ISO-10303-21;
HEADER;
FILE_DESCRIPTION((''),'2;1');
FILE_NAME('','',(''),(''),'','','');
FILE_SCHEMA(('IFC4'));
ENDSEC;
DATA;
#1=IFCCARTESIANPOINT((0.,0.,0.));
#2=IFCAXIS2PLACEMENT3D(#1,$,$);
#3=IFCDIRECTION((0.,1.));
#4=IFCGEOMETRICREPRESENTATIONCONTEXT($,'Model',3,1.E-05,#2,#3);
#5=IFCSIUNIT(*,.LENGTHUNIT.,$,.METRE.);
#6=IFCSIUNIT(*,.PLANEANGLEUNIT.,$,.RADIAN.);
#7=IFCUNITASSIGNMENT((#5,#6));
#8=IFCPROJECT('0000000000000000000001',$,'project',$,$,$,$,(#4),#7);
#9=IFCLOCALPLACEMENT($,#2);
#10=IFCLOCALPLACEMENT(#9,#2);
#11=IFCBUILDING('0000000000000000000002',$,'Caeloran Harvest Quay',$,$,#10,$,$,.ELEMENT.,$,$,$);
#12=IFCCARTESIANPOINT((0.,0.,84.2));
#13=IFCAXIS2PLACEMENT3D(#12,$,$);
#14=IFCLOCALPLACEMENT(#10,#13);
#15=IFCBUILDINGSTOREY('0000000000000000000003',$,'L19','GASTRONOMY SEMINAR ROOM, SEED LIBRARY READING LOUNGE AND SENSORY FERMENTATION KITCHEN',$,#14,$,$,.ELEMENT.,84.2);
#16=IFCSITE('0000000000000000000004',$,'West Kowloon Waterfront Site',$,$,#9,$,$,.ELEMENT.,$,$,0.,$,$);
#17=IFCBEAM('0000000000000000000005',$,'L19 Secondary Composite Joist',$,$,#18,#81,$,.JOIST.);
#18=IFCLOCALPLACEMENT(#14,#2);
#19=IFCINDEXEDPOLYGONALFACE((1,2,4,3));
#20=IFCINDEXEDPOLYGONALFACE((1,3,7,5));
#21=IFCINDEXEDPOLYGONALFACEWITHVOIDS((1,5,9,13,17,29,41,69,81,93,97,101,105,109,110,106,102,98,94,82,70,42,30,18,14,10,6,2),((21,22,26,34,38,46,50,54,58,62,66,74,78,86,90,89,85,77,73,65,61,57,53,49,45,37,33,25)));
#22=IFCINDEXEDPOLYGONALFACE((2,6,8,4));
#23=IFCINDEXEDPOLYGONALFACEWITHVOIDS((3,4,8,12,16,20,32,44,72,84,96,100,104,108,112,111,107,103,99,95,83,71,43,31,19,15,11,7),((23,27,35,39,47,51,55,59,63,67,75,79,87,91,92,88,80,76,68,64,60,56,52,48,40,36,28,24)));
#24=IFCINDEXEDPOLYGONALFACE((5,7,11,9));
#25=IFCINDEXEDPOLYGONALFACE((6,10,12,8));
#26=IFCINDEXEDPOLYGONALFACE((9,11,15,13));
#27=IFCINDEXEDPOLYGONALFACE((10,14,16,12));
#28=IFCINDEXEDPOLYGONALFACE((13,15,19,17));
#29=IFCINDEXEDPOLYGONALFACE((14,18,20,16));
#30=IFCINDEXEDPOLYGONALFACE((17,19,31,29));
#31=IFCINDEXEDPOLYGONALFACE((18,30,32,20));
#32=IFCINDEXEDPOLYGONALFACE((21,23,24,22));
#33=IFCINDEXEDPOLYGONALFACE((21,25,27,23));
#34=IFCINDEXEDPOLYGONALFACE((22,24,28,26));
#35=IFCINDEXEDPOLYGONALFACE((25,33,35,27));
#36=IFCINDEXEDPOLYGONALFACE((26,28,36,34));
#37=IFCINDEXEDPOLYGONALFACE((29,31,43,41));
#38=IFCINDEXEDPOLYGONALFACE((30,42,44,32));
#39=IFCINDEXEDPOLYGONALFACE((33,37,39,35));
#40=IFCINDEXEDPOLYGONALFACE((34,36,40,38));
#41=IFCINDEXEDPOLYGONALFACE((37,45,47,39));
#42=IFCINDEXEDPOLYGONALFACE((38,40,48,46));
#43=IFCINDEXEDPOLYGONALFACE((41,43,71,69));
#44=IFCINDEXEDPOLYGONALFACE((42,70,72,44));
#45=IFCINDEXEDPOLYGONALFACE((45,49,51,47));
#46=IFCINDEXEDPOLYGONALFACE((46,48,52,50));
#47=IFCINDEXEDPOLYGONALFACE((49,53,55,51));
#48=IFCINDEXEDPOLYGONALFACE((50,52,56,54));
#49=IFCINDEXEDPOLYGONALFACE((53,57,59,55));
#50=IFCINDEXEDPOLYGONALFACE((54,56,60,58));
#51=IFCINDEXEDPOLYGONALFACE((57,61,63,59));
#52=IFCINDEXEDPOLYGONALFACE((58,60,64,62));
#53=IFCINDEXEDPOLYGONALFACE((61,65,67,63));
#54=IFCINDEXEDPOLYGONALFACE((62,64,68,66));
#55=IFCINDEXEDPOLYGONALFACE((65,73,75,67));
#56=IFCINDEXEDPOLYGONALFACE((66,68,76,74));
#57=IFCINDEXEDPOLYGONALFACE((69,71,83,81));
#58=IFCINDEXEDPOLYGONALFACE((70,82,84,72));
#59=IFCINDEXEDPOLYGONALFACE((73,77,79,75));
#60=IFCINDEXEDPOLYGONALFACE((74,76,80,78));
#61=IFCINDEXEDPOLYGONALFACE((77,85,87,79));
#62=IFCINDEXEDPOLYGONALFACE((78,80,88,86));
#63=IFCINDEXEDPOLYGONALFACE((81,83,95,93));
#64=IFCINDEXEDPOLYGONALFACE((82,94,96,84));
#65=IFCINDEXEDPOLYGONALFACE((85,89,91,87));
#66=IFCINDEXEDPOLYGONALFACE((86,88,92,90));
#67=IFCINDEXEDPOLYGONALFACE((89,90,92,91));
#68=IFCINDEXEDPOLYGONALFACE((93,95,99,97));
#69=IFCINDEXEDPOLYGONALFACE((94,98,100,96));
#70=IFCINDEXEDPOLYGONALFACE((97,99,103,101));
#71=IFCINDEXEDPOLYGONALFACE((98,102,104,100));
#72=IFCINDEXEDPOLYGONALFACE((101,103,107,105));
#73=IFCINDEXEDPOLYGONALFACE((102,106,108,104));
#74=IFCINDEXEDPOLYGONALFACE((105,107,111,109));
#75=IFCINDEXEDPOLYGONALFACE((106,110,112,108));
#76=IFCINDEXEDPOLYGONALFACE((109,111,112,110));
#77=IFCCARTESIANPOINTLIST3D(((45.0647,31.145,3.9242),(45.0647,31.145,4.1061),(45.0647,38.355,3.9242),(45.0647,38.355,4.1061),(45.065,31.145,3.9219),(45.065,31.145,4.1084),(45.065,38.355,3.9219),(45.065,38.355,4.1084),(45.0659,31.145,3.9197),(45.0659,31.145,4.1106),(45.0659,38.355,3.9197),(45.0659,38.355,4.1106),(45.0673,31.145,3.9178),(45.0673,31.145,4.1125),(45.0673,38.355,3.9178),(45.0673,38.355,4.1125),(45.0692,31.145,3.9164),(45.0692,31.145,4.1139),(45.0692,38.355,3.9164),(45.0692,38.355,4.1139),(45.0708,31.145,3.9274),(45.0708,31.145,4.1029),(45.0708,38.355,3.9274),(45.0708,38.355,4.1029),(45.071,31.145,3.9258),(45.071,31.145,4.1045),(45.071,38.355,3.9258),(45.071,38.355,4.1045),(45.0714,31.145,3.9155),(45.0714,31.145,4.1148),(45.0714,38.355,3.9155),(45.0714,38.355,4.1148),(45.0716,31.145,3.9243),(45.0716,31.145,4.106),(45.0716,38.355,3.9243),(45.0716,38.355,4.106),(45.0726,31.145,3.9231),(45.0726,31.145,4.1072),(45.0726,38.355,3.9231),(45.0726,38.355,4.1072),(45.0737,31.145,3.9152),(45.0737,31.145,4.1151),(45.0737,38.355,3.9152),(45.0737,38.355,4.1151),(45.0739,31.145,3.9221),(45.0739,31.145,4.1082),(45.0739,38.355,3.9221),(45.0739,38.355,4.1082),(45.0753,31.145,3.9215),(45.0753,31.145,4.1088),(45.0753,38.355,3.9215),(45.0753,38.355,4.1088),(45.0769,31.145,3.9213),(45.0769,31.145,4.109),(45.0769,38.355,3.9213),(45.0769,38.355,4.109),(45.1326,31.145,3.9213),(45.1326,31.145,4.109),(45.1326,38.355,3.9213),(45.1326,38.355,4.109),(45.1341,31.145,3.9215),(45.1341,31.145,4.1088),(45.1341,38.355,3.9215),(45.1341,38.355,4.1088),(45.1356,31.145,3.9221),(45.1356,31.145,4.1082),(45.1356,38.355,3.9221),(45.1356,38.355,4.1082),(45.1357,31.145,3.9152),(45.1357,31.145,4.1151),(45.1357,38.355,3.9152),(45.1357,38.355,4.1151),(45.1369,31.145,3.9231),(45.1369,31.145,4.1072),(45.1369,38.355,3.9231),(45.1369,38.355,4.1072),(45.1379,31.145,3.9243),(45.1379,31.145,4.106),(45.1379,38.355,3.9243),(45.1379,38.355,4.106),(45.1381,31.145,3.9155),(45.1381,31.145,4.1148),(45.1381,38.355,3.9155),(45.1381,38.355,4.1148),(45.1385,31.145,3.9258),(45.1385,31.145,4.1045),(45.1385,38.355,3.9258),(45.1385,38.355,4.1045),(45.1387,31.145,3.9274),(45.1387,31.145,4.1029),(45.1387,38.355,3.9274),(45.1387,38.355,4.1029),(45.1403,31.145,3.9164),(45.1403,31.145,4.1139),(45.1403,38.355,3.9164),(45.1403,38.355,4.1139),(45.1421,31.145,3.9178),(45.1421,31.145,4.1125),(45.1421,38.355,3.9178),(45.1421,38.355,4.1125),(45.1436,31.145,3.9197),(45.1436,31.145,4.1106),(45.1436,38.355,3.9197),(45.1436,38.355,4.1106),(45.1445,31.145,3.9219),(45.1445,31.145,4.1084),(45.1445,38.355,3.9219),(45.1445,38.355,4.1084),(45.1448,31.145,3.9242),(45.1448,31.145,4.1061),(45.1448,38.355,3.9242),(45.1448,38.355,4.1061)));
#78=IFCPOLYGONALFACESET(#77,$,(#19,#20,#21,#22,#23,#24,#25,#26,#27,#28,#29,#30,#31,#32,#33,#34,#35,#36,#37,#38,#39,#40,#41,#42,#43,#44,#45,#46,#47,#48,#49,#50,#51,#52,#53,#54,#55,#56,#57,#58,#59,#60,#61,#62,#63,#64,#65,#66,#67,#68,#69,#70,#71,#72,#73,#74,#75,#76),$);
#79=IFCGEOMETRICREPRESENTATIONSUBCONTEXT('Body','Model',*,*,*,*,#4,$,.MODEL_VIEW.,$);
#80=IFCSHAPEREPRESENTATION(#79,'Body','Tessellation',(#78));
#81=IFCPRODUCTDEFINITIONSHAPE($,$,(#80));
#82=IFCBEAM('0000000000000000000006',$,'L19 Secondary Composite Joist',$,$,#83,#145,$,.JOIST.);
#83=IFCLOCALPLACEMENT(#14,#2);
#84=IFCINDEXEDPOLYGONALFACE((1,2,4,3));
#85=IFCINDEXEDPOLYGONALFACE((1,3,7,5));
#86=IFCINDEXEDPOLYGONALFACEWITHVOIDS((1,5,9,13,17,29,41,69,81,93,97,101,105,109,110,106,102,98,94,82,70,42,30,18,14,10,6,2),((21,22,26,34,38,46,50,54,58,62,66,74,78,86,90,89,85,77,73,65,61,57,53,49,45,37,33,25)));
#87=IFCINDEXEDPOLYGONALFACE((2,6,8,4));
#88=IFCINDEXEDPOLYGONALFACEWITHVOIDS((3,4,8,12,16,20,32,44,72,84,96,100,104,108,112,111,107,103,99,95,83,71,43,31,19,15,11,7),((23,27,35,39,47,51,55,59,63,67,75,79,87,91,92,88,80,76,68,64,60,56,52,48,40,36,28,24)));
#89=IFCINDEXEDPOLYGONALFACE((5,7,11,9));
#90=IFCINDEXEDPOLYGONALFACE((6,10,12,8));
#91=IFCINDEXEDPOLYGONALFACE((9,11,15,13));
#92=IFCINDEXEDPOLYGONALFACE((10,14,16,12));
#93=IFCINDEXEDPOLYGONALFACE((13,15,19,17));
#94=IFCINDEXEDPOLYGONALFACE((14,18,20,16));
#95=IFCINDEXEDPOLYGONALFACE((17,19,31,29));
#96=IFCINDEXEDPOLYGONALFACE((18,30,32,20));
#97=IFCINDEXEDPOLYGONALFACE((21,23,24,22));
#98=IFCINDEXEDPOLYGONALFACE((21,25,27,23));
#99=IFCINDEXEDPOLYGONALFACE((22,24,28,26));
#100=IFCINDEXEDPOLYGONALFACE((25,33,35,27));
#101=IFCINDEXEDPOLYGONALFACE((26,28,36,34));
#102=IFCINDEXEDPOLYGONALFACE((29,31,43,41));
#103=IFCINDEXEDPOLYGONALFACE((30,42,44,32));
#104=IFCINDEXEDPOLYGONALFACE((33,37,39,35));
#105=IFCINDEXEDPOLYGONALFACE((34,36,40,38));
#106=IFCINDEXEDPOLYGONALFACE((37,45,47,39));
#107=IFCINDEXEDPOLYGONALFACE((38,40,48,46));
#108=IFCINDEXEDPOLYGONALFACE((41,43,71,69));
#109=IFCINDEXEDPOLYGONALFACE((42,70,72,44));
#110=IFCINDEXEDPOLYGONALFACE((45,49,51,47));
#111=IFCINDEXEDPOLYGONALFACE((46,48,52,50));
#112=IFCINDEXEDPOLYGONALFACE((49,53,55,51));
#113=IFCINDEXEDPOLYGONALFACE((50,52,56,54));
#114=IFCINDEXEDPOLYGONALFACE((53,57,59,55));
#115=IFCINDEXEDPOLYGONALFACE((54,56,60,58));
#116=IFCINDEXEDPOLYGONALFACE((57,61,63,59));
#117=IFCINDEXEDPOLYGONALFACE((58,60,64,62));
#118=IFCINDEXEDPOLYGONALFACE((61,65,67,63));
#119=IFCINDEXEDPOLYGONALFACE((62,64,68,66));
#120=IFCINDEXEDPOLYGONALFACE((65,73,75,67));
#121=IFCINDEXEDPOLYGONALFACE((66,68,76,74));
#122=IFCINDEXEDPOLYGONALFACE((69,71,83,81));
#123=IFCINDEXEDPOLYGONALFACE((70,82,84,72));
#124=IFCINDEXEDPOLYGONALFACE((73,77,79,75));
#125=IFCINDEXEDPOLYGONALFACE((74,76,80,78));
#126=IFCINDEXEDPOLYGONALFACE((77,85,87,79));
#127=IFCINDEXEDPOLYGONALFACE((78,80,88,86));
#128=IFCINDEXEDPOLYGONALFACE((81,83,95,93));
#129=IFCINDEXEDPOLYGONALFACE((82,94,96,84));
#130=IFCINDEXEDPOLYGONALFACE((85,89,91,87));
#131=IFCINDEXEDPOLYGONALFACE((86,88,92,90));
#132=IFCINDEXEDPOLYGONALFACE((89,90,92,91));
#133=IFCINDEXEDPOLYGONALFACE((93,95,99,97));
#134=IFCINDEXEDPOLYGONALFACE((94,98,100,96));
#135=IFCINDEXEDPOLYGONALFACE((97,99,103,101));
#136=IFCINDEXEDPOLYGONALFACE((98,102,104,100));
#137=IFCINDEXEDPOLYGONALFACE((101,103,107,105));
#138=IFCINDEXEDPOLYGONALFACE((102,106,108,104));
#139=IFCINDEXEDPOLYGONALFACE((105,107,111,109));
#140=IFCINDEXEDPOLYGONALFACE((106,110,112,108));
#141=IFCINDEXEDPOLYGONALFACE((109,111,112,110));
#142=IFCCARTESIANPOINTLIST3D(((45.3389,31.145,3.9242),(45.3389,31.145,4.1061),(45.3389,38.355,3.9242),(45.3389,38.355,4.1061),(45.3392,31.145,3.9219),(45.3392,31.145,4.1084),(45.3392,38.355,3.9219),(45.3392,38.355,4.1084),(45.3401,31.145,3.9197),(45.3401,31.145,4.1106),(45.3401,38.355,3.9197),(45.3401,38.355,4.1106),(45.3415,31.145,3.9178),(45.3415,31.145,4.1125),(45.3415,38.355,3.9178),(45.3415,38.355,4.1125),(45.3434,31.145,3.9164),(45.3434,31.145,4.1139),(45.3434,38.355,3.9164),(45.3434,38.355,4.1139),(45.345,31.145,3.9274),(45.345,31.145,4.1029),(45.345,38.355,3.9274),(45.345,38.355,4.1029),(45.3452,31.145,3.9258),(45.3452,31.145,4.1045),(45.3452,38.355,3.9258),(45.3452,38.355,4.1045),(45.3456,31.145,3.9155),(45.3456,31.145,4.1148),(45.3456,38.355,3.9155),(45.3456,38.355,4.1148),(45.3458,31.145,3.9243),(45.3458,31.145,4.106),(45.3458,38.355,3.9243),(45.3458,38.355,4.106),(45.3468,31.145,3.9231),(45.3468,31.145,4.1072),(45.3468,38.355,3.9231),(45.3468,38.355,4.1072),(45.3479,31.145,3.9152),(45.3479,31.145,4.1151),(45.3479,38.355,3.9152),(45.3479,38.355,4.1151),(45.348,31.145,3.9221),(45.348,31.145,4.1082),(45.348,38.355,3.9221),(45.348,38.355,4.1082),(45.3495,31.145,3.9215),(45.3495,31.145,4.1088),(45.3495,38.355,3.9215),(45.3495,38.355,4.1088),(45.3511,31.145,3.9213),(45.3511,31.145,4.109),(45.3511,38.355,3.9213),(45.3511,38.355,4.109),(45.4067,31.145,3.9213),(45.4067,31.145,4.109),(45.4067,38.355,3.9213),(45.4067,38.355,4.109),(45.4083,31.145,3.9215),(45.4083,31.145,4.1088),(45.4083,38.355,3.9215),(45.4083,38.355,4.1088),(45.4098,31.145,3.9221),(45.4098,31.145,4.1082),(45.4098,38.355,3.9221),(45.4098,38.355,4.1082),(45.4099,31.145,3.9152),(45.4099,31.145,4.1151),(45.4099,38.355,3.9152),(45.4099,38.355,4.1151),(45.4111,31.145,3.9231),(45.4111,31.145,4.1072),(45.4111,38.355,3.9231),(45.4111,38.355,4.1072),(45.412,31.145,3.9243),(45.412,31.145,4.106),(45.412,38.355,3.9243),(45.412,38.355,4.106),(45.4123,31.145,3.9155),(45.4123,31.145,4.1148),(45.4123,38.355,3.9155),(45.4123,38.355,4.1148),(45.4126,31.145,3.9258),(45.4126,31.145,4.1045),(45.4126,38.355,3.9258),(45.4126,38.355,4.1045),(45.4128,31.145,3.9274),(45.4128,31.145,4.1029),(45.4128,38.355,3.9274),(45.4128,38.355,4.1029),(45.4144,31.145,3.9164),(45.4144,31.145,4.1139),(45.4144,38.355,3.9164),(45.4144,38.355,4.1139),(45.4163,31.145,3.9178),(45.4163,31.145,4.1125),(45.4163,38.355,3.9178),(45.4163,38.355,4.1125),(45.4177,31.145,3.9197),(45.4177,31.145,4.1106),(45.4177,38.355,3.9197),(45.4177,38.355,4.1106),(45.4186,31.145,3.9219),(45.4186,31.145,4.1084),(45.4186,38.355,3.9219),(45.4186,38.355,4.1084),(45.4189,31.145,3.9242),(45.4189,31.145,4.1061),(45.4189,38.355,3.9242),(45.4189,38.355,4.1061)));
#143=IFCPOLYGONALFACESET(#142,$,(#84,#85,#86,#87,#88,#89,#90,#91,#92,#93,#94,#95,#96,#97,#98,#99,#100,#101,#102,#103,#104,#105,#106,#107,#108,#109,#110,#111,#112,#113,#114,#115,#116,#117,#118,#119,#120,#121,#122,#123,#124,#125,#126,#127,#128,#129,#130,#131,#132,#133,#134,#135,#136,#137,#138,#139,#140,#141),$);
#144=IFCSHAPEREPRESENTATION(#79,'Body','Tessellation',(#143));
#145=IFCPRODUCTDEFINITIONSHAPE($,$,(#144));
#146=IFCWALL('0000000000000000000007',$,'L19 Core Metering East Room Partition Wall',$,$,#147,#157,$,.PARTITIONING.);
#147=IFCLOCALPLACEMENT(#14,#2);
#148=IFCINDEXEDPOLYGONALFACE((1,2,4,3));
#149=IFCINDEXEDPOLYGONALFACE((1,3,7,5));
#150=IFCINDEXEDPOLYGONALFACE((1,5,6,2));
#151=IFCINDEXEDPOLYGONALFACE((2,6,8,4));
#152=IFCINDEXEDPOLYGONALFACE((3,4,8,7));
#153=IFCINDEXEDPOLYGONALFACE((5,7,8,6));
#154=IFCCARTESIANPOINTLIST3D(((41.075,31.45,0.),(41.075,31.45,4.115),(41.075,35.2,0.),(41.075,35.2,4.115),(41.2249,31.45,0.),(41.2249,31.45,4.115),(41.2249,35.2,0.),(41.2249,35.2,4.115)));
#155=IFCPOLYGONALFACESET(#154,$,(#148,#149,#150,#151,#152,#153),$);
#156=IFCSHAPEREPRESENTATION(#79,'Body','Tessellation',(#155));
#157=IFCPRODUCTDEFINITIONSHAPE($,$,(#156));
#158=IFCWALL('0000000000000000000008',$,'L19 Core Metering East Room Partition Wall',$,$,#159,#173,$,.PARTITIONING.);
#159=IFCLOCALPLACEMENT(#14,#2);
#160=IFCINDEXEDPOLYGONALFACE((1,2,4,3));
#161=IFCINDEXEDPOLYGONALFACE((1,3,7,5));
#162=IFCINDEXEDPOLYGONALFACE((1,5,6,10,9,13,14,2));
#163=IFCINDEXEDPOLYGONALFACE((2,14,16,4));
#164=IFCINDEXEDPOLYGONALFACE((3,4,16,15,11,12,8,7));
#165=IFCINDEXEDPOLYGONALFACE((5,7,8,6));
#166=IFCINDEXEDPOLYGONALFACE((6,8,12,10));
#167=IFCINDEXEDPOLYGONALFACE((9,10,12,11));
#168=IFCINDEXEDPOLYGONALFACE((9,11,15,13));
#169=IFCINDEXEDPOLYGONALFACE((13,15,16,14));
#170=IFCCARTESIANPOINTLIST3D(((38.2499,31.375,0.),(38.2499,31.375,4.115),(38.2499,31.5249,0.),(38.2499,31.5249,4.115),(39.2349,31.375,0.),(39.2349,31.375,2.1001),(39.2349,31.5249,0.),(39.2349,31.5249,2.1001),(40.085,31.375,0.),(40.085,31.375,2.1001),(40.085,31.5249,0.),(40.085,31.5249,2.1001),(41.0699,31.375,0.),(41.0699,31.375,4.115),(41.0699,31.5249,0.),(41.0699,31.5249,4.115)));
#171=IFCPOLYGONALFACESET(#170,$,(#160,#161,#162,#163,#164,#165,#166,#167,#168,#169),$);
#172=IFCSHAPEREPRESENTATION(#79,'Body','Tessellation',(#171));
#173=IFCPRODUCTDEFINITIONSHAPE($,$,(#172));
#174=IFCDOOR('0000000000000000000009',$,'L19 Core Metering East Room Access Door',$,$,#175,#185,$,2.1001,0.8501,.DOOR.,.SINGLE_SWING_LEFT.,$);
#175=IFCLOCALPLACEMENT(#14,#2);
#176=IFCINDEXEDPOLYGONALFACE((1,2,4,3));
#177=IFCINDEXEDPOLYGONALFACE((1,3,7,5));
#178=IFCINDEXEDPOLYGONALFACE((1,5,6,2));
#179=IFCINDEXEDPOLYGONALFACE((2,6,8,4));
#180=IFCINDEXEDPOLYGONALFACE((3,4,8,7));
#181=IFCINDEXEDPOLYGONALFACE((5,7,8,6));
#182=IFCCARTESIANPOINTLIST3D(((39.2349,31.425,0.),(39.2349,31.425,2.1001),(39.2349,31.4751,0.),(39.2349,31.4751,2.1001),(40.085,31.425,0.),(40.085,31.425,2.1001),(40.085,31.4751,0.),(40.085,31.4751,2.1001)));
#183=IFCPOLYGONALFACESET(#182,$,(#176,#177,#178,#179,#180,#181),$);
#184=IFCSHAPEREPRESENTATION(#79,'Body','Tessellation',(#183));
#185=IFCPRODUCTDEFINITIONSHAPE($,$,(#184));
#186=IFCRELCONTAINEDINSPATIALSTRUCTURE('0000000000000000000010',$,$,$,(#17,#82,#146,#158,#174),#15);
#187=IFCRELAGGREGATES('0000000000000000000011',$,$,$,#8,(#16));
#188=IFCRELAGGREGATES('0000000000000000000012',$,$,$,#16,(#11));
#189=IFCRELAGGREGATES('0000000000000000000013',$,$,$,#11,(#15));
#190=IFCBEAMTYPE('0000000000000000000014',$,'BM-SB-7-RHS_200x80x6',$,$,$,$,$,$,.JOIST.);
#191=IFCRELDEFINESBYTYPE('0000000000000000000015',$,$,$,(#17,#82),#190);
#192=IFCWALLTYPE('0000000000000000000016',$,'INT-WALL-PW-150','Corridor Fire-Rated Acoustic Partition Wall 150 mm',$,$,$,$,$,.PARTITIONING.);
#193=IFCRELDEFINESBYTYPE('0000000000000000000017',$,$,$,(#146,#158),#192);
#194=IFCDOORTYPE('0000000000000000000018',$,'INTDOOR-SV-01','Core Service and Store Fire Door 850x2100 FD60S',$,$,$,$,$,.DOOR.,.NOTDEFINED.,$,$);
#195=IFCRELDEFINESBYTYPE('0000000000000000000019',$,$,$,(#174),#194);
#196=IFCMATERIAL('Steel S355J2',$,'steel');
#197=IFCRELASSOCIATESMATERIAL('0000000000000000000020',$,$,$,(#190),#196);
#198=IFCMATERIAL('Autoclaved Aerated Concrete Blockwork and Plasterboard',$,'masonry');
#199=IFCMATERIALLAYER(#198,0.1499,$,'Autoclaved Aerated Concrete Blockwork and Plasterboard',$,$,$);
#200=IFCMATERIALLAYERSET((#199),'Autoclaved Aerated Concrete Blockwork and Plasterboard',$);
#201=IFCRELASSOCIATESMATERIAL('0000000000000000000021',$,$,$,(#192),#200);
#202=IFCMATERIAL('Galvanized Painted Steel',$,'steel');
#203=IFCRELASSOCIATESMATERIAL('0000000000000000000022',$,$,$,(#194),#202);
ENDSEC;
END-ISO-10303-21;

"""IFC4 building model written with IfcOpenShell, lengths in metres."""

from ifc_helpers import new_model, si_unit, direction, frame, frame_2d, origin, origin_2d, place, context, subcontext, project, spatial, rectangle, hollow_rectangle, extrude, material, layer, layer_set, material_profile, profile_set, type_object, element, fill, save


model = new_model("IFC4")

# Units and contexts
model_context = context("Model", 3, precision=1e-05, world=origin(), true_north=direction((0.0, 1.0)))
body_context = subcontext(model_context, "Body", "Model", "MODEL_VIEW")
ifc_project = project(units=[si_unit("LENGTHUNIT", "METRE"), si_unit("PLANEANGLEUNIT", "RADIAN")], contexts=[model_context])

# Site, building, storey
site_placement = place(None, origin())
site = spatial("IfcSite", under=ifc_project, at=site_placement, Name="West Kowloon Waterfront Site", CompositionType="ELEMENT", RefElevation=0.0)
building_placement = place(site_placement, origin())
building = spatial("IfcBuilding", under=site, at=building_placement, Name="Caeloran Harvest Quay", CompositionType="ELEMENT")
storey_placement = place(building_placement, frame((0.0, 0.0, 84.2)))
storey = spatial("IfcBuildingStorey", under=building, at=storey_placement, Name="L19", Description="GASTRONOMY SEMINAR ROOM, SEED LIBRARY READING LOUNGE AND SENSORY FERMENTATION KITCHEN", CompositionType="ELEMENT", Elevation=84.2)

# Beams
ifc_material_1 = material(Name="Steel S355J2", Category="steel")
ifc_material_profile_1 = material_profile(ifc_material_1, hollow_rectangle(XDim=0.0801, YDim=0.2, WallThickness=0.0061, InnerFilletRadius=0.0061, OuterFilletRadius=0.009, at=origin_2d()), Name="RHS 200x80x6")
ifc_profile_set_1 = profile_set([ifc_material_profile_1], Name="Steel S355J2")
beam_type_1 = type_object("IfcBeamType", Name="BM-SB-7-RHS_200x80x6", PredefinedType="JOIST", material=ifc_profile_set_1)
for number, where, z_axis, x_axis, name in (
    (1, (45.1047, 31.145, 4.0151), (0.0, 1.0, 0.0), (-1.0, 0.0, 0.0), "L19 Secondary Composite Joist"),
    (2, (45.3789, 31.145, 4.0151), (0.0, 1.0, 0.0), (-1.0, 0.0, 0.0), "L19 Secondary Composite Joist"),
):
    element("IfcBeam", number, at=place(storey_placement, frame(where, z_axis=z_axis, x_axis=x_axis)), inside=storey, type_object=beam_type_1, Name=name, PredefinedType="JOIST", context=body_context, shape_type="SweptSolid", body=[
        extrude(hollow_rectangle(XDim=0.0801, YDim=0.2, WallThickness=0.0061, InnerFilletRadius=0.0061, OuterFilletRadius=0.009, at=origin_2d()), origin(), (0.0, 0.0, 1.0), 7.21),
    ])

# Wall
ifc_material_2 = material(Name="Autoclaved Aerated Concrete Blockwork and Plasterboard", Category="masonry")
ifc_layer_1 = layer(ifc_material_2, 0.1499, Name="Autoclaved Aerated Concrete Blockwork and Plasterboard")
ifc_layer_set_1 = layer_set([ifc_layer_1], Name="Autoclaved Aerated Concrete Blockwork and Plasterboard")
wall_type_1 = type_object("IfcWallType", Name="INT-WALL-PW-150", Description="Corridor Fire-Rated Acoustic Partition Wall 150 mm", PredefinedType="PARTITIONING", material=ifc_layer_set_1)
wall_1_placement = place(storey_placement, frame((41.1499, 35.2, 0.0), z_axis=(0.0, 0.0, 1.0), x_axis=(0.0, -1.0, 0.0)))
element("IfcWall", 3, at=wall_1_placement, inside=storey, type_object=wall_type_1, Name="L19 Core Metering East Room Partition Wall", PredefinedType="PARTITIONING", context=body_context, shape_type="SweptSolid", body=[
    extrude(rectangle(XDim=3.75, YDim=0.1499, at=frame_2d((1.875, 0.0))), origin(), (0.0, 0.0, 1.0), 4.115),
])

# Wall, opening, door
wall_2_placement = place(storey_placement, frame((41.0701, 31.45, 0.0), z_axis=(0.0, 0.0, 1.0), x_axis=(-1.0, 0.0, 0.0)))
wall_2 = element("IfcWall", 4, at=wall_2_placement, inside=storey, type_object=wall_type_1, Name="L19 Core Metering East Room Partition Wall", PredefinedType="PARTITIONING", context=body_context, shape_type="SweptSolid", body=[
    extrude(rectangle(XDim=2.8201, YDim=0.1499, at=frame_2d((1.4102, 0.0))), origin(), (0.0, 0.0, 1.0), 4.115),
])
opening_placement = place(wall_2_placement, frame((0.9851, 0.0, 0.0)))
opening = element("IfcOpeningElement", 5, at=opening_placement, cuts=wall_2, PredefinedType="OPENING", context=body_context, shape_type="SweptSolid", body=[
    extrude(rectangle(XDim=0.8501, YDim=2.1001, at=frame_2d((0.425, 1.05))), frame((0.0, 0.085, 0.0), z_axis=(0.0, -1.0, 0.0), x_axis=(1.0, 0.0, 0.0)), (0.0, 0.0, 1.0), 0.1699),
])
ifc_material_3 = material(Name="Galvanized Painted Steel", Category="steel")
door_type = type_object("IfcDoorType", Name="INTDOOR-SV-01", Description="Core Service and Store Fire Door 850x2100 FD60S", OperationType="NOTDEFINED", PredefinedType="DOOR", material=ifc_material_3)
door_placement = place(opening_placement, origin())
door = element("IfcDoor", 6, at=door_placement, inside=storey, type_object=door_type, Name="L19 Core Metering East Room Access Door", OperationType="SINGLE_SWING_LEFT", OverallHeight=2.1001, OverallWidth=0.8501, PredefinedType="DOOR", context=body_context, shape_type="SweptSolid", body=[
    extrude(rectangle(XDim=0.8501, YDim=2.1001, at=frame_2d((0.425, 1.05))), frame((0.0, 0.0249, 0.0), z_axis=(0.0, -1.0, 0.0), x_axis=(1.0, 0.0, 0.0)), (0.0, 0.0, 1.0), 0.05),
])
fill(opening, door)

save(model, "model.ifc")
